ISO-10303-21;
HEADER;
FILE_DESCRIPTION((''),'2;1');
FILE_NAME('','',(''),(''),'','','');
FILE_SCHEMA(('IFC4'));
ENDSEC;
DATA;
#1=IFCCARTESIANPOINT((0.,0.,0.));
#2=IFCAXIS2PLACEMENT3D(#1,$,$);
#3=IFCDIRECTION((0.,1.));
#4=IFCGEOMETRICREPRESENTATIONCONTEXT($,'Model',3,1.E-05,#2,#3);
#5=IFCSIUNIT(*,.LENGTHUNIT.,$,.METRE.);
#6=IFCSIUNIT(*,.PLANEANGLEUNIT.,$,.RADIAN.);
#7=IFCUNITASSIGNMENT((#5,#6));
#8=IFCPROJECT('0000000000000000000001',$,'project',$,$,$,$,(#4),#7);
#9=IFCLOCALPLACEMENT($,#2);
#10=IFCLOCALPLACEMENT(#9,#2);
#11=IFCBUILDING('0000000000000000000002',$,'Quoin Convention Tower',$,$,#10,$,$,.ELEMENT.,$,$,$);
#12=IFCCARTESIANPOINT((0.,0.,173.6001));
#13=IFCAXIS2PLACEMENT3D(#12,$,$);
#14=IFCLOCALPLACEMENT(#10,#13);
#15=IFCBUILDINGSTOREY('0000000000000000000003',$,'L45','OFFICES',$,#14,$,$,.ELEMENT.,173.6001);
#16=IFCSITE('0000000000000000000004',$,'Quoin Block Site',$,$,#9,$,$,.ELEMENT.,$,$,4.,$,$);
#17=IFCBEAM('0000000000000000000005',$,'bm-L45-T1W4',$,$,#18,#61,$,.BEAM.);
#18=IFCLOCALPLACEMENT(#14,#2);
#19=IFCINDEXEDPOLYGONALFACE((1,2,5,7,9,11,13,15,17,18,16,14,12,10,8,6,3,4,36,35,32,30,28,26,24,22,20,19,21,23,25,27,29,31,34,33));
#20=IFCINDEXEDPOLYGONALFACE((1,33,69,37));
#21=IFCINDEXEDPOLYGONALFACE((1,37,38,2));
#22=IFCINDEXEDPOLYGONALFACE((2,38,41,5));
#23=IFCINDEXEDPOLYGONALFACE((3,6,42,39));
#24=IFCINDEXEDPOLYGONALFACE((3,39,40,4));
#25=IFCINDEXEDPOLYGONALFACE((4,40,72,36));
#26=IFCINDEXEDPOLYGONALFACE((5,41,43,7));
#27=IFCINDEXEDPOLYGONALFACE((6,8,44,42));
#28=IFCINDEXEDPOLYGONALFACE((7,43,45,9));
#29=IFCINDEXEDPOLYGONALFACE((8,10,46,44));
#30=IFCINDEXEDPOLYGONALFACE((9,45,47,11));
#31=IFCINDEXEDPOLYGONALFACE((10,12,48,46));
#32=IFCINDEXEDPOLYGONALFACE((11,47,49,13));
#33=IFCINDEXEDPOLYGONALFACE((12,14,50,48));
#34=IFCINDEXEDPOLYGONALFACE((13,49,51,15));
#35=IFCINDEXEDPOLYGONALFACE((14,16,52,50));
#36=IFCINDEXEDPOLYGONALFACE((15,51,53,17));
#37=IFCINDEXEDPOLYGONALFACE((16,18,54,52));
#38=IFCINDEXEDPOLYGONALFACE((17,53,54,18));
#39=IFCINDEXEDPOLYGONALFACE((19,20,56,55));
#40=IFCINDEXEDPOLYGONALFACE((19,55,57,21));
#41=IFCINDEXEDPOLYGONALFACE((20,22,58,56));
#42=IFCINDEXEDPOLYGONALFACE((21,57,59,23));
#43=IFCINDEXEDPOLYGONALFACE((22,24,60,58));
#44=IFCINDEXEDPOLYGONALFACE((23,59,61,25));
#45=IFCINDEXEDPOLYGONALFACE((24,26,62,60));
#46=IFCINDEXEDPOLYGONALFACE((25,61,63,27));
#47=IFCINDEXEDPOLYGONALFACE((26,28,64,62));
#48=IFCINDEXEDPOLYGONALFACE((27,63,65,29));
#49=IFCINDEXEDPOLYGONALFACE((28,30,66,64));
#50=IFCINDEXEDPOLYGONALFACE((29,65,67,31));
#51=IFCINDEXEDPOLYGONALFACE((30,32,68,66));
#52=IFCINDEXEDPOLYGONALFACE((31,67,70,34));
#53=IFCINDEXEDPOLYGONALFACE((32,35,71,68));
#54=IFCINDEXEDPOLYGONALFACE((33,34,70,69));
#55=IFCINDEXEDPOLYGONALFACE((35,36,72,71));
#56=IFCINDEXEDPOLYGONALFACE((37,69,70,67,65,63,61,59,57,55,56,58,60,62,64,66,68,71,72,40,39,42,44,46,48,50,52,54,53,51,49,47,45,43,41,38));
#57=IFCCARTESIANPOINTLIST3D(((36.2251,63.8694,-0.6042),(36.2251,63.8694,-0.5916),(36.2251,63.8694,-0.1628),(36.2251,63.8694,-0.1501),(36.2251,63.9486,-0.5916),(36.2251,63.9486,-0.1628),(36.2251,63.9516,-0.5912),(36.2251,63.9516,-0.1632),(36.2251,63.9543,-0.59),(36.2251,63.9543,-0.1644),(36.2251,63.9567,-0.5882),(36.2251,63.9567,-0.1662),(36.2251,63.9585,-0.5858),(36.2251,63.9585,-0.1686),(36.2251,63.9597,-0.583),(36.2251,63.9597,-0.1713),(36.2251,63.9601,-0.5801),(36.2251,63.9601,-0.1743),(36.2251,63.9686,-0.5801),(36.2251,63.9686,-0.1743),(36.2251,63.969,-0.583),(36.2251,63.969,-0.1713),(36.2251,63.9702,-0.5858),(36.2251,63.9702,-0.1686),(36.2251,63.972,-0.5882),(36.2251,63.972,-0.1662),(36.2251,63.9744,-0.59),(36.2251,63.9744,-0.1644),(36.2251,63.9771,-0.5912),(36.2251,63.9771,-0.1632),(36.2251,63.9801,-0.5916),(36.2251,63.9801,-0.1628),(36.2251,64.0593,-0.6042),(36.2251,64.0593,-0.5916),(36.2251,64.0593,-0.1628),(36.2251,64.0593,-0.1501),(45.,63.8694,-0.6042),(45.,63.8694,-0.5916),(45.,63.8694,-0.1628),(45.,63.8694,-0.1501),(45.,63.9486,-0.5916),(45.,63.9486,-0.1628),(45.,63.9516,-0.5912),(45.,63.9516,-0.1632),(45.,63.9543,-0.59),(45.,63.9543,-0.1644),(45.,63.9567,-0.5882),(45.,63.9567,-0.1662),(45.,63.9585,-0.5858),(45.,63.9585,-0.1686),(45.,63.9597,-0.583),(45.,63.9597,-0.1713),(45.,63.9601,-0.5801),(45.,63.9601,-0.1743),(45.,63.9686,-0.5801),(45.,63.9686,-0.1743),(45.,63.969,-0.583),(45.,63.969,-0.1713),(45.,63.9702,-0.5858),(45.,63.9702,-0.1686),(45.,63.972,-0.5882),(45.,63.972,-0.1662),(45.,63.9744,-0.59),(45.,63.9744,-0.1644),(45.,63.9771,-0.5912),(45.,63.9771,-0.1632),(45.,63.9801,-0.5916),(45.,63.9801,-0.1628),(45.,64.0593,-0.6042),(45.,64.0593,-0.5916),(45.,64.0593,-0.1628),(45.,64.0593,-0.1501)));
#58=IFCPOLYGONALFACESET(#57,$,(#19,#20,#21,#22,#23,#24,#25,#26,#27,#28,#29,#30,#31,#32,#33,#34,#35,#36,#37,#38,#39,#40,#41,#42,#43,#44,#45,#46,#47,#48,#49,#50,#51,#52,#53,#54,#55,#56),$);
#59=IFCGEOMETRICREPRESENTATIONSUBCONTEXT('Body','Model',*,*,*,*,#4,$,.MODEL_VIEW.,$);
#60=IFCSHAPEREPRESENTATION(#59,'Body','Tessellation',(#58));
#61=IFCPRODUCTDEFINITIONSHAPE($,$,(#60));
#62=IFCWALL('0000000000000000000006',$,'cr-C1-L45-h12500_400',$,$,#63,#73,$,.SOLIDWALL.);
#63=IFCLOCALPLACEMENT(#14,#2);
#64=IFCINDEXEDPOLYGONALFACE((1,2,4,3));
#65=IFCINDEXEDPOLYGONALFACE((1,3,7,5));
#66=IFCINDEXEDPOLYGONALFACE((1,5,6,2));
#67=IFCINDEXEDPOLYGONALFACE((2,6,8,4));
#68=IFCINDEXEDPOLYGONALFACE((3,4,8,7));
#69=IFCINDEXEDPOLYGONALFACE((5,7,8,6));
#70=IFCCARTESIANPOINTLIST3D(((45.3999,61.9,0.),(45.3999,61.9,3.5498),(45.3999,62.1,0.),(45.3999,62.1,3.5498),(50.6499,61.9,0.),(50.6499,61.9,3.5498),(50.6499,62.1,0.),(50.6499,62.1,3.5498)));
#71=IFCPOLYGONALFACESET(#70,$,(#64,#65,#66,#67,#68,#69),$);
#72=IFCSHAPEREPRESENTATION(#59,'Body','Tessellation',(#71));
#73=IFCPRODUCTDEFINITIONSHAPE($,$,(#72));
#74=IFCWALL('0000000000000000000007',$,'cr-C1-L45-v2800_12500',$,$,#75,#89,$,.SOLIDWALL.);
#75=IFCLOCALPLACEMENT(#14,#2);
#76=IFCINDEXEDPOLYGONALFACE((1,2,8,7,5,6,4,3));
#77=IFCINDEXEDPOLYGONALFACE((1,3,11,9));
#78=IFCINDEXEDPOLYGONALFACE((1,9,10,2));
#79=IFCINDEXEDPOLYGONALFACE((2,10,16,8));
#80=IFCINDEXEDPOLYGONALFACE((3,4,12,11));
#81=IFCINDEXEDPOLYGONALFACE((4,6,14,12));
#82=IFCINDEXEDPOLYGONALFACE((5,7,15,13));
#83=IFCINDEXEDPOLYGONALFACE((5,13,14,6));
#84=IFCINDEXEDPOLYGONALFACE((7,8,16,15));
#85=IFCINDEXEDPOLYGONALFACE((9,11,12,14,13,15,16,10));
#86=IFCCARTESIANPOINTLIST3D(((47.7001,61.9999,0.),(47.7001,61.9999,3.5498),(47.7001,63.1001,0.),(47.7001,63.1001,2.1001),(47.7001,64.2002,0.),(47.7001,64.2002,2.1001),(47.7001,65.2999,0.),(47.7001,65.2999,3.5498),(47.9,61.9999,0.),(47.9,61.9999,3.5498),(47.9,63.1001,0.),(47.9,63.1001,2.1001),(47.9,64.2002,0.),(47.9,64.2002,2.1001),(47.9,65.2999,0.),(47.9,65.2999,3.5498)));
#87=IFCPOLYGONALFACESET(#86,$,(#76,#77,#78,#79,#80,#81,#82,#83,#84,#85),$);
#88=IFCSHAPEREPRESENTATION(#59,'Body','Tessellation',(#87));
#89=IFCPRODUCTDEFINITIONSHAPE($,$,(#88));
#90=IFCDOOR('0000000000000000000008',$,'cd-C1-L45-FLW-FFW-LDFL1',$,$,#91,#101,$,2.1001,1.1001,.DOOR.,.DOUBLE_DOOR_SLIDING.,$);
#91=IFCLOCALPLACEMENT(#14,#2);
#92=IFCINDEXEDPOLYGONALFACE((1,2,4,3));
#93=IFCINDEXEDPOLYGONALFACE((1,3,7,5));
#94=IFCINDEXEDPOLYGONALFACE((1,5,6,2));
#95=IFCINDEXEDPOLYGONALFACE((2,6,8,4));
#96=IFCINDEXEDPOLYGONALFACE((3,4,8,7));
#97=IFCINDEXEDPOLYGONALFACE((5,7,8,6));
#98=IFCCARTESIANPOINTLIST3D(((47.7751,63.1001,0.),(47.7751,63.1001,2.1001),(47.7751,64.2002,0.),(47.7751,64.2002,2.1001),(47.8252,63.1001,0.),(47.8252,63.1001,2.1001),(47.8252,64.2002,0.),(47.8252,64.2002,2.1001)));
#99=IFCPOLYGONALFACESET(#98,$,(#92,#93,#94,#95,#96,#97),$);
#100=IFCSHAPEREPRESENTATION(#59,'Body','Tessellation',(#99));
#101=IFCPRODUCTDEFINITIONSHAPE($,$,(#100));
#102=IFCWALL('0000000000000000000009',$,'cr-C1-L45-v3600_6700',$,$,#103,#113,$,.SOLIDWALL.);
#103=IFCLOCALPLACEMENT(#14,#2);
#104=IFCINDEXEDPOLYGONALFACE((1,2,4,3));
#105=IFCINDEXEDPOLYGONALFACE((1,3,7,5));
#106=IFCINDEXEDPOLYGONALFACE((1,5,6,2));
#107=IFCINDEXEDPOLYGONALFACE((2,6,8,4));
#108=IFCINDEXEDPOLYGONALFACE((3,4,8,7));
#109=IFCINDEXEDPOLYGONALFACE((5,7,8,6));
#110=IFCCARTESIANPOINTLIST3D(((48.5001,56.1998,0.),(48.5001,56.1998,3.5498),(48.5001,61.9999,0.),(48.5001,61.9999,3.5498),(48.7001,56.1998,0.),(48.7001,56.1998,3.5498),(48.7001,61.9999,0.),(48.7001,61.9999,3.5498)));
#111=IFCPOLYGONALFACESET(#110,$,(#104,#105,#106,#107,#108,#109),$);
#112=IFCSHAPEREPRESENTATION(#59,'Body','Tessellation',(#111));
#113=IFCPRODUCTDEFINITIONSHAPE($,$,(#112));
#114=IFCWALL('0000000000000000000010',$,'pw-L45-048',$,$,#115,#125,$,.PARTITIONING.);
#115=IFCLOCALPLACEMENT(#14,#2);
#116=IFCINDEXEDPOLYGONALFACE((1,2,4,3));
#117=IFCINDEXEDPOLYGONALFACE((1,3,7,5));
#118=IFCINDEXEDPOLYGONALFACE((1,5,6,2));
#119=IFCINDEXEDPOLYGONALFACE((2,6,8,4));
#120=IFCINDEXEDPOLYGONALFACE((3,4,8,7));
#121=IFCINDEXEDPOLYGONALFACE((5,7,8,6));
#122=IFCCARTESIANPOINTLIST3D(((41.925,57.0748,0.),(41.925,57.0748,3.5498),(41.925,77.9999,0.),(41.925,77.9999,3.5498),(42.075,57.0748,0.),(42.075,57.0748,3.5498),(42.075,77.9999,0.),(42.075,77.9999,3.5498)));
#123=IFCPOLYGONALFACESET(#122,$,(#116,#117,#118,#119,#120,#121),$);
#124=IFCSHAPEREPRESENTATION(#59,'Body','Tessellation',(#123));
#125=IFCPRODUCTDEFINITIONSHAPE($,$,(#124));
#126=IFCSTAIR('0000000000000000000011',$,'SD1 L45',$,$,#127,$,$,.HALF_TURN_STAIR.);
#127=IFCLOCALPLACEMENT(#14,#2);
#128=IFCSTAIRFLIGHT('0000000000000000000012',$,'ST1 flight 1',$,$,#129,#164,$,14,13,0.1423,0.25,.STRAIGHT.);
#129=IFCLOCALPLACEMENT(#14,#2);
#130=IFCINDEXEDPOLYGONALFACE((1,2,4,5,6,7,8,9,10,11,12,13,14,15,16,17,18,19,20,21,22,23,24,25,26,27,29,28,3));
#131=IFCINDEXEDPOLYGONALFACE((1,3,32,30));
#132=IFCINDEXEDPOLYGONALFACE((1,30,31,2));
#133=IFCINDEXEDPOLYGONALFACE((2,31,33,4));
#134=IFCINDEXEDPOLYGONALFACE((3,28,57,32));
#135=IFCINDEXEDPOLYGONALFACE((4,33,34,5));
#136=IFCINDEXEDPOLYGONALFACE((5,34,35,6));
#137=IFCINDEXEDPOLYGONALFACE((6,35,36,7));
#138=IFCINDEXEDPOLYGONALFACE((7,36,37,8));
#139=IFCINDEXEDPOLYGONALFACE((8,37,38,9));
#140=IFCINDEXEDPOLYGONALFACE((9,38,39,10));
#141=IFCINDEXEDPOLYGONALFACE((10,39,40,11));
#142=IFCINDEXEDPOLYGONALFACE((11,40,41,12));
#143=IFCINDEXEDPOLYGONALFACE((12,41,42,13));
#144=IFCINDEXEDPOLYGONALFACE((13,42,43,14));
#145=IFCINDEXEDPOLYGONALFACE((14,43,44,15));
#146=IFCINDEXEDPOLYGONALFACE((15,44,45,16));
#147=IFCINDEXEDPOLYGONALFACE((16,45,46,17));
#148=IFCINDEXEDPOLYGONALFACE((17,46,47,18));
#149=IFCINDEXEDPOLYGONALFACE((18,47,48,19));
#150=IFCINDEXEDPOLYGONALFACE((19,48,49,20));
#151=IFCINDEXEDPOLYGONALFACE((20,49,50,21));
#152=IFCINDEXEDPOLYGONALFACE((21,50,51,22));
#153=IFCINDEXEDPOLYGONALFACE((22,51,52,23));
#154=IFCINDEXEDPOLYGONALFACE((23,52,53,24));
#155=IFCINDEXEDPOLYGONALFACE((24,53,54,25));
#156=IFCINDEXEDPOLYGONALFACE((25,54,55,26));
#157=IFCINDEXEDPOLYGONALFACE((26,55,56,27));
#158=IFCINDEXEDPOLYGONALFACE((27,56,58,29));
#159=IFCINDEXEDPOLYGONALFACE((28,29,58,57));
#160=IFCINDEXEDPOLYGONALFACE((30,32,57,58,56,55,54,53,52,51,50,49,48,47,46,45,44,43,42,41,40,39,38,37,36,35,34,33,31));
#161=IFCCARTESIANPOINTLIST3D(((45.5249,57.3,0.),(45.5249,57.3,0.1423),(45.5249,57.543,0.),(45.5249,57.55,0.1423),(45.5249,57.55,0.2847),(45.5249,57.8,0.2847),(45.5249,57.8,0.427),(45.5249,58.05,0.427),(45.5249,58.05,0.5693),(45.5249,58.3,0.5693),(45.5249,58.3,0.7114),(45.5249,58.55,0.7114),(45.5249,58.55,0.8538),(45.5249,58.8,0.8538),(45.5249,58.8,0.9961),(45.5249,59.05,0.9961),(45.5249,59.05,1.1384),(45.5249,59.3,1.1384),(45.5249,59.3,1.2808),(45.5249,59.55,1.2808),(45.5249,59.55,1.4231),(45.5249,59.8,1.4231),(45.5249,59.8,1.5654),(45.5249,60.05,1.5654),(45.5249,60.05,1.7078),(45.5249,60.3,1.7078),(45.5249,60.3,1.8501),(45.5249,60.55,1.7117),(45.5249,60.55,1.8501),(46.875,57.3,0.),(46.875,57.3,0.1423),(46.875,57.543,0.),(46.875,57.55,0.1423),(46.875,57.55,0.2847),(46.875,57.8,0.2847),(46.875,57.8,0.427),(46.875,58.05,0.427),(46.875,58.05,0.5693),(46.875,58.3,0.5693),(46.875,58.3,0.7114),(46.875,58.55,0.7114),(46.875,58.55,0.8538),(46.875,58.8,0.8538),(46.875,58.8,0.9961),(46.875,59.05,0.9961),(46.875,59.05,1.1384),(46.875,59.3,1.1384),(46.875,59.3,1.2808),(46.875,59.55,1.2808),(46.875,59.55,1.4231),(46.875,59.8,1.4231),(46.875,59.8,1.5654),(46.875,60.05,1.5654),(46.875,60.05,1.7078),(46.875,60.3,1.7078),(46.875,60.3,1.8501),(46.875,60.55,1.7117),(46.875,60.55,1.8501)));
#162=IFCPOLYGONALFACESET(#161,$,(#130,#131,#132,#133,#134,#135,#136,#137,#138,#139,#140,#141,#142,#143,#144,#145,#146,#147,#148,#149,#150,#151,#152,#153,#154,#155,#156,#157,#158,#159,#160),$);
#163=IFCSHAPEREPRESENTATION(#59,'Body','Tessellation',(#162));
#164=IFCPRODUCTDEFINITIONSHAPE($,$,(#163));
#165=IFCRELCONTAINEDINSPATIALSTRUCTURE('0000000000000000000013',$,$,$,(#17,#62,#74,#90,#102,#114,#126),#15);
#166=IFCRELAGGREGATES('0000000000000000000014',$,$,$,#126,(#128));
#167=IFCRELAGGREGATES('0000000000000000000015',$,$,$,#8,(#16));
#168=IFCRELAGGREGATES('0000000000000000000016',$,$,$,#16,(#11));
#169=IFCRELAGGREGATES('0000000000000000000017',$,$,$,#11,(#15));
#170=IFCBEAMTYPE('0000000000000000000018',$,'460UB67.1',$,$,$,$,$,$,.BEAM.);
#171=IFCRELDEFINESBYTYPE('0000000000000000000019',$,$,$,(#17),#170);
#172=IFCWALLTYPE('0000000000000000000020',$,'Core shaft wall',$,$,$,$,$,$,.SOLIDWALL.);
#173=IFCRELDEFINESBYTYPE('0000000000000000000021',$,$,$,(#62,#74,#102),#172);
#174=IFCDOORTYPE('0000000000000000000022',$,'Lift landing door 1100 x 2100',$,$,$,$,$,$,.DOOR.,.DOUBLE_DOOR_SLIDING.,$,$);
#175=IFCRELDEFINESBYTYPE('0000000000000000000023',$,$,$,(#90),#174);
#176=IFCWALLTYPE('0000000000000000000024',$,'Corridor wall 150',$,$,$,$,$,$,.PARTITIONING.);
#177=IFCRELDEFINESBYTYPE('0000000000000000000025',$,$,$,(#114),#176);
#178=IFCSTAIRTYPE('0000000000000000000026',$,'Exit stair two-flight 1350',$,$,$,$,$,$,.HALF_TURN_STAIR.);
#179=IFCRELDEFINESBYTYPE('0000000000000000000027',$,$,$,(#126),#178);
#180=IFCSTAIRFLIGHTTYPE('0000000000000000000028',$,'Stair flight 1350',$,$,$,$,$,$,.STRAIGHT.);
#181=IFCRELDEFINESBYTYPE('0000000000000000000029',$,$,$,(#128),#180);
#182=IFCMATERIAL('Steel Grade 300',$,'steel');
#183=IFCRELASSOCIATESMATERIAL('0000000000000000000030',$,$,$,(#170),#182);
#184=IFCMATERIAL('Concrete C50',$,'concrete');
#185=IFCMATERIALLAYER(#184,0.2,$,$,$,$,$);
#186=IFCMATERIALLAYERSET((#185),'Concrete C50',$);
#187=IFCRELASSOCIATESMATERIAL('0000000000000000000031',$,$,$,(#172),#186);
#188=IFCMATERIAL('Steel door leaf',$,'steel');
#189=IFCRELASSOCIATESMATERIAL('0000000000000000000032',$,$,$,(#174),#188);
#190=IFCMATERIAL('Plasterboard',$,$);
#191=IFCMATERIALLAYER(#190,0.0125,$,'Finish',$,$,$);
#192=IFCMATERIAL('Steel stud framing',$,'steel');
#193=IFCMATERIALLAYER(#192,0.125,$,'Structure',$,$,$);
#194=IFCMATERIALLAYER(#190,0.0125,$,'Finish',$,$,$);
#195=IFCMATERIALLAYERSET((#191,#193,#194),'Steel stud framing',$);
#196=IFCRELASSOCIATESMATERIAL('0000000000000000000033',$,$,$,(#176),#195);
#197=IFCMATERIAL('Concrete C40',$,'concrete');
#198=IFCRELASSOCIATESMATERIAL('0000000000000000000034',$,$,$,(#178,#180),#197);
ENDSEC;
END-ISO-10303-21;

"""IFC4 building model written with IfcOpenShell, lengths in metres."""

from ifc_helpers import new_model, si_unit, direction, frame, frame_2d, origin, origin_2d, place, context, subcontext, project, spatial, polyline, rectangle, i_section, outline, extrude, material, layer, layer_set, material_profile, profile_set, type_object, element, fill, aggregate, save


model = new_model("IFC4")

# Units and contexts
model_context = context("Model", 3, precision=1e-05, world=origin(), true_north=direction((0.0, 1.0)))
body_context = subcontext(model_context, "Body", "Model", "MODEL_VIEW")
ifc_project = project(units=[si_unit("LENGTHUNIT", "METRE"), si_unit("PLANEANGLEUNIT", "RADIAN")], contexts=[model_context])

# Site, building, storey
site_placement = place(None, origin())
site = spatial("IfcSite", under=ifc_project, at=site_placement, Name="Quoin Block Site", CompositionType="ELEMENT", RefElevation=4.0)
building_placement = place(site_placement, origin())
building = spatial("IfcBuilding", under=site, at=building_placement, Name="Quoin Convention Tower", CompositionType="ELEMENT")
storey_placement = place(building_placement, frame((0.0, 0.0, 173.6001)))
storey = spatial("IfcBuildingStorey", under=building, at=storey_placement, Name="L45", Description="OFFICES", CompositionType="ELEMENT", Elevation=173.6001)

# Beam
ifc_material_1 = material(Name="Steel Grade 300", Category="steel")
ifc_material_profile = material_profile(ifc_material_1, i_section(OverallWidth=0.1899, OverallDepth=0.4541, WebThickness=0.0085, FlangeThickness=0.0127, FilletRadius=0.0115, at=origin_2d()), Name="460UB67.1")
ifc_profile_set = profile_set([ifc_material_profile], Name="Steel Grade 300")
beam_type = type_object("IfcBeamType", Name="460UB67.1", PredefinedType="BEAM", material=ifc_profile_set)
beam_placement = place(storey_placement, frame((36.2251, 63.9644, -0.3772), z_axis=(1.0, 0.0, 0.0), x_axis=(0.0, 1.0, 0.0)))
element("IfcBeam", 1, at=beam_placement, inside=storey, type_object=beam_type, Name="bm-L45-T1W4", PredefinedType="BEAM", context=body_context, shape_type="SweptSolid", body=[
    extrude(i_section(OverallWidth=0.1899, OverallDepth=0.4541, WebThickness=0.0085, FlangeThickness=0.0127, FilletRadius=0.0115, at=origin_2d()), origin(), (0.0, 0.0, 1.0), 8.7749),
])

# Wall
ifc_material_2 = material(Name="Concrete C50", Category="concrete")
ifc_layer_1 = layer(ifc_material_2, 0.2)
ifc_layer_set_1 = layer_set([ifc_layer_1], Name="Concrete C50")
wall_type_1 = type_object("IfcWallType", Name="Core shaft wall", PredefinedType="SOLIDWALL", material=ifc_layer_set_1)
wall_1_placement = place(storey_placement, frame((45.3999, 62.0, 0.0), z_axis=(0.0, 0.0, 1.0), x_axis=(1.0, 0.0, 0.0)))
element("IfcWall", 2, at=wall_1_placement, inside=storey, type_object=wall_type_1, Name="cr-C1-L45-h12500_400", PredefinedType="SOLIDWALL", context=body_context, shape_type="SweptSolid", body=[
    extrude(rectangle(XDim=5.25, YDim=0.2, at=frame_2d((2.625, 0.0))), origin(), (0.0, 0.0, 1.0), 3.5498),
])

# Wall, opening, door
wall_2_placement = place(storey_placement, frame((47.8, 62.0, 0.0), z_axis=(0.0, 0.0, 1.0), x_axis=(0.0, 1.0, 0.0)))
wall_2 = element("IfcWall", 3, at=wall_2_placement, inside=storey, type_object=wall_type_1, Name="cr-C1-L45-v2800_12500", PredefinedType="SOLIDWALL", context=body_context, shape_type="SweptSolid", body=[
    extrude(rectangle(XDim=3.3, YDim=0.2, at=frame_2d((1.6499, 0.0))), origin(), (0.0, 0.0, 1.0), 3.5498),
])
opening_placement = place(wall_2_placement, frame((1.1001, 0.0, 0.0)))
opening = element("IfcOpeningElement", 4, at=opening_placement, cuts=wall_2, PredefinedType="OPENING", context=body_context, shape_type="SweptSolid", body=[
    extrude(rectangle(XDim=1.1001, YDim=2.1001, at=frame_2d((0.55, 1.05))), frame((0.0, 0.1099, 0.0), z_axis=(0.0, -1.0, 0.0), x_axis=(1.0, 0.0, 0.0)), (0.0, 0.0, 1.0), 0.22),
])
ifc_material_3 = material(Name="Steel door leaf", Category="steel")
door_type = type_object("IfcDoorType", Name="Lift landing door 1100 x 2100", OperationType="DOUBLE_DOOR_SLIDING", PredefinedType="DOOR", material=ifc_material_3)
door_placement = place(opening_placement, origin())
door = element("IfcDoor", 5, at=door_placement, inside=storey, type_object=door_type, Name="cd-C1-L45-FLW-FFW-LDFL1", OperationType="DOUBLE_DOOR_SLIDING", OverallHeight=2.1001, OverallWidth=1.1001, PredefinedType="DOOR", context=body_context, shape_type="SweptSolid", body=[
    extrude(rectangle(XDim=1.1001, YDim=2.1001, at=frame_2d((0.55, 1.05))), frame((0.0, 0.0249, 0.0), z_axis=(0.0, -1.0, 0.0), x_axis=(1.0, 0.0, 0.0)), (0.0, 0.0, 1.0), 0.05),
])
fill(opening, door)

# Walls
wall_3_placement = place(storey_placement, frame((48.6001, 56.2, 0.0), z_axis=(0.0, 0.0, 1.0), x_axis=(0.0, 1.0, 0.0)))
element("IfcWall", 6, at=wall_3_placement, inside=storey, type_object=wall_type_1, Name="cr-C1-L45-v3600_6700", PredefinedType="SOLIDWALL", context=body_context, shape_type="SweptSolid", body=[
    extrude(rectangle(XDim=5.8, YDim=0.2, at=frame_2d((2.8999, 0.0))), origin(), (0.0, 0.0, 1.0), 3.5498),
])
ifc_material_4 = material(Name="Plasterboard")
ifc_layer_2 = layer(ifc_material_4, 0.0125, Name="Finish")
ifc_material_5 = material(Name="Steel stud framing", Category="steel")
ifc_layer_3 = layer(ifc_material_5, 0.125, Name="Structure")
ifc_layer_4 = layer(ifc_material_4, 0.0125, Name="Finish")
ifc_layer_set_2 = layer_set([ifc_layer_2, ifc_layer_3, ifc_layer_4], Name="Steel stud framing")
wall_type_2 = type_object("IfcWallType", Name="Corridor wall 150", PredefinedType="PARTITIONING", material=ifc_layer_set_2)
wall_4_placement = place(storey_placement, frame((42.0, 57.075, 0.0), z_axis=(0.0, 0.0, 1.0), x_axis=(0.0, 1.0, 0.0)))
element("IfcWall", 7, at=wall_4_placement, inside=storey, type_object=wall_type_2, Name="pw-L45-048", PredefinedType="PARTITIONING", context=body_context, shape_type="SweptSolid", body=[
    extrude(rectangle(XDim=20.925, YDim=0.1499, at=frame_2d((10.4624, 0.0))), origin(), (0.0, 0.0, 1.0), 3.5498),
])

# Stair, stair flight
ifc_material_6 = material(Name="Concrete C40", Category="concrete")
stair_type = type_object("IfcStairType", Name="Exit stair two-flight 1350", PredefinedType="HALF_TURN_STAIR", material=ifc_material_6)
stair_placement = place(storey_placement, origin())
stair = element("IfcStair", 8, at=stair_placement, inside=storey, type_object=stair_type, Name="SD1 L45", PredefinedType="HALF_TURN_STAIR")
stair_flight_type = type_object("IfcStairFlightType", Name="Stair flight 1350", PredefinedType="STRAIGHT", material=ifc_material_6)
stair_flight_1_placement = place(storey_placement, frame((46.2, 57.3, 0.0), z_axis=(0.0, 0.0, 1.0), x_axis=(0.0, 1.0, 0.0)))
stair_flight_1 = element("IfcStairFlight", 9, at=stair_flight_1_placement, type_object=stair_flight_type, Name="ST1 flight 1", NumberOfRisers=14, NumberOfTreads=13, PredefinedType="STRAIGHT", RiserHeight=0.1423, TreadLength=0.25, context=body_context, shape_type="SweptSolid", body=[
    extrude(outline(polyline([(0.0, 0.0), (0.0, 0.1423), (0.25, 0.1423), (0.25, 0.2847), (0.5, 0.2847), (0.5, 0.427), (0.75, 0.427), (0.75, 0.5693), (1.0, 0.5693), (1.0, 0.7114), (1.25, 0.7114), (1.25, 0.8538), (1.5, 0.8538), (1.5, 0.9961), (1.75, 0.9961), (1.75, 1.1384), (2.0, 1.1384), (2.0, 1.2808), (2.25, 1.2808), (2.25, 1.4231), (2.5, 1.4231), (2.5, 1.5654), (2.75, 1.5654), (2.75, 1.7078), (3.0, 1.7078), (3.0, 1.8501), (3.25, 1.8501), (3.25, 1.9922), (3.25, 1.7117), (0.2429, 0.0), (0.0, 0.0)])), frame((0.0, 0.675, 0.0), z_axis=(0.0, -1.0, 0.0), x_axis=(1.0, 0.0, 0.0)), (0.0, 0.0, 1.0), 1.3501),
])
aggregate(stair, [stair_flight_1])

save(model, "model.ifc")
